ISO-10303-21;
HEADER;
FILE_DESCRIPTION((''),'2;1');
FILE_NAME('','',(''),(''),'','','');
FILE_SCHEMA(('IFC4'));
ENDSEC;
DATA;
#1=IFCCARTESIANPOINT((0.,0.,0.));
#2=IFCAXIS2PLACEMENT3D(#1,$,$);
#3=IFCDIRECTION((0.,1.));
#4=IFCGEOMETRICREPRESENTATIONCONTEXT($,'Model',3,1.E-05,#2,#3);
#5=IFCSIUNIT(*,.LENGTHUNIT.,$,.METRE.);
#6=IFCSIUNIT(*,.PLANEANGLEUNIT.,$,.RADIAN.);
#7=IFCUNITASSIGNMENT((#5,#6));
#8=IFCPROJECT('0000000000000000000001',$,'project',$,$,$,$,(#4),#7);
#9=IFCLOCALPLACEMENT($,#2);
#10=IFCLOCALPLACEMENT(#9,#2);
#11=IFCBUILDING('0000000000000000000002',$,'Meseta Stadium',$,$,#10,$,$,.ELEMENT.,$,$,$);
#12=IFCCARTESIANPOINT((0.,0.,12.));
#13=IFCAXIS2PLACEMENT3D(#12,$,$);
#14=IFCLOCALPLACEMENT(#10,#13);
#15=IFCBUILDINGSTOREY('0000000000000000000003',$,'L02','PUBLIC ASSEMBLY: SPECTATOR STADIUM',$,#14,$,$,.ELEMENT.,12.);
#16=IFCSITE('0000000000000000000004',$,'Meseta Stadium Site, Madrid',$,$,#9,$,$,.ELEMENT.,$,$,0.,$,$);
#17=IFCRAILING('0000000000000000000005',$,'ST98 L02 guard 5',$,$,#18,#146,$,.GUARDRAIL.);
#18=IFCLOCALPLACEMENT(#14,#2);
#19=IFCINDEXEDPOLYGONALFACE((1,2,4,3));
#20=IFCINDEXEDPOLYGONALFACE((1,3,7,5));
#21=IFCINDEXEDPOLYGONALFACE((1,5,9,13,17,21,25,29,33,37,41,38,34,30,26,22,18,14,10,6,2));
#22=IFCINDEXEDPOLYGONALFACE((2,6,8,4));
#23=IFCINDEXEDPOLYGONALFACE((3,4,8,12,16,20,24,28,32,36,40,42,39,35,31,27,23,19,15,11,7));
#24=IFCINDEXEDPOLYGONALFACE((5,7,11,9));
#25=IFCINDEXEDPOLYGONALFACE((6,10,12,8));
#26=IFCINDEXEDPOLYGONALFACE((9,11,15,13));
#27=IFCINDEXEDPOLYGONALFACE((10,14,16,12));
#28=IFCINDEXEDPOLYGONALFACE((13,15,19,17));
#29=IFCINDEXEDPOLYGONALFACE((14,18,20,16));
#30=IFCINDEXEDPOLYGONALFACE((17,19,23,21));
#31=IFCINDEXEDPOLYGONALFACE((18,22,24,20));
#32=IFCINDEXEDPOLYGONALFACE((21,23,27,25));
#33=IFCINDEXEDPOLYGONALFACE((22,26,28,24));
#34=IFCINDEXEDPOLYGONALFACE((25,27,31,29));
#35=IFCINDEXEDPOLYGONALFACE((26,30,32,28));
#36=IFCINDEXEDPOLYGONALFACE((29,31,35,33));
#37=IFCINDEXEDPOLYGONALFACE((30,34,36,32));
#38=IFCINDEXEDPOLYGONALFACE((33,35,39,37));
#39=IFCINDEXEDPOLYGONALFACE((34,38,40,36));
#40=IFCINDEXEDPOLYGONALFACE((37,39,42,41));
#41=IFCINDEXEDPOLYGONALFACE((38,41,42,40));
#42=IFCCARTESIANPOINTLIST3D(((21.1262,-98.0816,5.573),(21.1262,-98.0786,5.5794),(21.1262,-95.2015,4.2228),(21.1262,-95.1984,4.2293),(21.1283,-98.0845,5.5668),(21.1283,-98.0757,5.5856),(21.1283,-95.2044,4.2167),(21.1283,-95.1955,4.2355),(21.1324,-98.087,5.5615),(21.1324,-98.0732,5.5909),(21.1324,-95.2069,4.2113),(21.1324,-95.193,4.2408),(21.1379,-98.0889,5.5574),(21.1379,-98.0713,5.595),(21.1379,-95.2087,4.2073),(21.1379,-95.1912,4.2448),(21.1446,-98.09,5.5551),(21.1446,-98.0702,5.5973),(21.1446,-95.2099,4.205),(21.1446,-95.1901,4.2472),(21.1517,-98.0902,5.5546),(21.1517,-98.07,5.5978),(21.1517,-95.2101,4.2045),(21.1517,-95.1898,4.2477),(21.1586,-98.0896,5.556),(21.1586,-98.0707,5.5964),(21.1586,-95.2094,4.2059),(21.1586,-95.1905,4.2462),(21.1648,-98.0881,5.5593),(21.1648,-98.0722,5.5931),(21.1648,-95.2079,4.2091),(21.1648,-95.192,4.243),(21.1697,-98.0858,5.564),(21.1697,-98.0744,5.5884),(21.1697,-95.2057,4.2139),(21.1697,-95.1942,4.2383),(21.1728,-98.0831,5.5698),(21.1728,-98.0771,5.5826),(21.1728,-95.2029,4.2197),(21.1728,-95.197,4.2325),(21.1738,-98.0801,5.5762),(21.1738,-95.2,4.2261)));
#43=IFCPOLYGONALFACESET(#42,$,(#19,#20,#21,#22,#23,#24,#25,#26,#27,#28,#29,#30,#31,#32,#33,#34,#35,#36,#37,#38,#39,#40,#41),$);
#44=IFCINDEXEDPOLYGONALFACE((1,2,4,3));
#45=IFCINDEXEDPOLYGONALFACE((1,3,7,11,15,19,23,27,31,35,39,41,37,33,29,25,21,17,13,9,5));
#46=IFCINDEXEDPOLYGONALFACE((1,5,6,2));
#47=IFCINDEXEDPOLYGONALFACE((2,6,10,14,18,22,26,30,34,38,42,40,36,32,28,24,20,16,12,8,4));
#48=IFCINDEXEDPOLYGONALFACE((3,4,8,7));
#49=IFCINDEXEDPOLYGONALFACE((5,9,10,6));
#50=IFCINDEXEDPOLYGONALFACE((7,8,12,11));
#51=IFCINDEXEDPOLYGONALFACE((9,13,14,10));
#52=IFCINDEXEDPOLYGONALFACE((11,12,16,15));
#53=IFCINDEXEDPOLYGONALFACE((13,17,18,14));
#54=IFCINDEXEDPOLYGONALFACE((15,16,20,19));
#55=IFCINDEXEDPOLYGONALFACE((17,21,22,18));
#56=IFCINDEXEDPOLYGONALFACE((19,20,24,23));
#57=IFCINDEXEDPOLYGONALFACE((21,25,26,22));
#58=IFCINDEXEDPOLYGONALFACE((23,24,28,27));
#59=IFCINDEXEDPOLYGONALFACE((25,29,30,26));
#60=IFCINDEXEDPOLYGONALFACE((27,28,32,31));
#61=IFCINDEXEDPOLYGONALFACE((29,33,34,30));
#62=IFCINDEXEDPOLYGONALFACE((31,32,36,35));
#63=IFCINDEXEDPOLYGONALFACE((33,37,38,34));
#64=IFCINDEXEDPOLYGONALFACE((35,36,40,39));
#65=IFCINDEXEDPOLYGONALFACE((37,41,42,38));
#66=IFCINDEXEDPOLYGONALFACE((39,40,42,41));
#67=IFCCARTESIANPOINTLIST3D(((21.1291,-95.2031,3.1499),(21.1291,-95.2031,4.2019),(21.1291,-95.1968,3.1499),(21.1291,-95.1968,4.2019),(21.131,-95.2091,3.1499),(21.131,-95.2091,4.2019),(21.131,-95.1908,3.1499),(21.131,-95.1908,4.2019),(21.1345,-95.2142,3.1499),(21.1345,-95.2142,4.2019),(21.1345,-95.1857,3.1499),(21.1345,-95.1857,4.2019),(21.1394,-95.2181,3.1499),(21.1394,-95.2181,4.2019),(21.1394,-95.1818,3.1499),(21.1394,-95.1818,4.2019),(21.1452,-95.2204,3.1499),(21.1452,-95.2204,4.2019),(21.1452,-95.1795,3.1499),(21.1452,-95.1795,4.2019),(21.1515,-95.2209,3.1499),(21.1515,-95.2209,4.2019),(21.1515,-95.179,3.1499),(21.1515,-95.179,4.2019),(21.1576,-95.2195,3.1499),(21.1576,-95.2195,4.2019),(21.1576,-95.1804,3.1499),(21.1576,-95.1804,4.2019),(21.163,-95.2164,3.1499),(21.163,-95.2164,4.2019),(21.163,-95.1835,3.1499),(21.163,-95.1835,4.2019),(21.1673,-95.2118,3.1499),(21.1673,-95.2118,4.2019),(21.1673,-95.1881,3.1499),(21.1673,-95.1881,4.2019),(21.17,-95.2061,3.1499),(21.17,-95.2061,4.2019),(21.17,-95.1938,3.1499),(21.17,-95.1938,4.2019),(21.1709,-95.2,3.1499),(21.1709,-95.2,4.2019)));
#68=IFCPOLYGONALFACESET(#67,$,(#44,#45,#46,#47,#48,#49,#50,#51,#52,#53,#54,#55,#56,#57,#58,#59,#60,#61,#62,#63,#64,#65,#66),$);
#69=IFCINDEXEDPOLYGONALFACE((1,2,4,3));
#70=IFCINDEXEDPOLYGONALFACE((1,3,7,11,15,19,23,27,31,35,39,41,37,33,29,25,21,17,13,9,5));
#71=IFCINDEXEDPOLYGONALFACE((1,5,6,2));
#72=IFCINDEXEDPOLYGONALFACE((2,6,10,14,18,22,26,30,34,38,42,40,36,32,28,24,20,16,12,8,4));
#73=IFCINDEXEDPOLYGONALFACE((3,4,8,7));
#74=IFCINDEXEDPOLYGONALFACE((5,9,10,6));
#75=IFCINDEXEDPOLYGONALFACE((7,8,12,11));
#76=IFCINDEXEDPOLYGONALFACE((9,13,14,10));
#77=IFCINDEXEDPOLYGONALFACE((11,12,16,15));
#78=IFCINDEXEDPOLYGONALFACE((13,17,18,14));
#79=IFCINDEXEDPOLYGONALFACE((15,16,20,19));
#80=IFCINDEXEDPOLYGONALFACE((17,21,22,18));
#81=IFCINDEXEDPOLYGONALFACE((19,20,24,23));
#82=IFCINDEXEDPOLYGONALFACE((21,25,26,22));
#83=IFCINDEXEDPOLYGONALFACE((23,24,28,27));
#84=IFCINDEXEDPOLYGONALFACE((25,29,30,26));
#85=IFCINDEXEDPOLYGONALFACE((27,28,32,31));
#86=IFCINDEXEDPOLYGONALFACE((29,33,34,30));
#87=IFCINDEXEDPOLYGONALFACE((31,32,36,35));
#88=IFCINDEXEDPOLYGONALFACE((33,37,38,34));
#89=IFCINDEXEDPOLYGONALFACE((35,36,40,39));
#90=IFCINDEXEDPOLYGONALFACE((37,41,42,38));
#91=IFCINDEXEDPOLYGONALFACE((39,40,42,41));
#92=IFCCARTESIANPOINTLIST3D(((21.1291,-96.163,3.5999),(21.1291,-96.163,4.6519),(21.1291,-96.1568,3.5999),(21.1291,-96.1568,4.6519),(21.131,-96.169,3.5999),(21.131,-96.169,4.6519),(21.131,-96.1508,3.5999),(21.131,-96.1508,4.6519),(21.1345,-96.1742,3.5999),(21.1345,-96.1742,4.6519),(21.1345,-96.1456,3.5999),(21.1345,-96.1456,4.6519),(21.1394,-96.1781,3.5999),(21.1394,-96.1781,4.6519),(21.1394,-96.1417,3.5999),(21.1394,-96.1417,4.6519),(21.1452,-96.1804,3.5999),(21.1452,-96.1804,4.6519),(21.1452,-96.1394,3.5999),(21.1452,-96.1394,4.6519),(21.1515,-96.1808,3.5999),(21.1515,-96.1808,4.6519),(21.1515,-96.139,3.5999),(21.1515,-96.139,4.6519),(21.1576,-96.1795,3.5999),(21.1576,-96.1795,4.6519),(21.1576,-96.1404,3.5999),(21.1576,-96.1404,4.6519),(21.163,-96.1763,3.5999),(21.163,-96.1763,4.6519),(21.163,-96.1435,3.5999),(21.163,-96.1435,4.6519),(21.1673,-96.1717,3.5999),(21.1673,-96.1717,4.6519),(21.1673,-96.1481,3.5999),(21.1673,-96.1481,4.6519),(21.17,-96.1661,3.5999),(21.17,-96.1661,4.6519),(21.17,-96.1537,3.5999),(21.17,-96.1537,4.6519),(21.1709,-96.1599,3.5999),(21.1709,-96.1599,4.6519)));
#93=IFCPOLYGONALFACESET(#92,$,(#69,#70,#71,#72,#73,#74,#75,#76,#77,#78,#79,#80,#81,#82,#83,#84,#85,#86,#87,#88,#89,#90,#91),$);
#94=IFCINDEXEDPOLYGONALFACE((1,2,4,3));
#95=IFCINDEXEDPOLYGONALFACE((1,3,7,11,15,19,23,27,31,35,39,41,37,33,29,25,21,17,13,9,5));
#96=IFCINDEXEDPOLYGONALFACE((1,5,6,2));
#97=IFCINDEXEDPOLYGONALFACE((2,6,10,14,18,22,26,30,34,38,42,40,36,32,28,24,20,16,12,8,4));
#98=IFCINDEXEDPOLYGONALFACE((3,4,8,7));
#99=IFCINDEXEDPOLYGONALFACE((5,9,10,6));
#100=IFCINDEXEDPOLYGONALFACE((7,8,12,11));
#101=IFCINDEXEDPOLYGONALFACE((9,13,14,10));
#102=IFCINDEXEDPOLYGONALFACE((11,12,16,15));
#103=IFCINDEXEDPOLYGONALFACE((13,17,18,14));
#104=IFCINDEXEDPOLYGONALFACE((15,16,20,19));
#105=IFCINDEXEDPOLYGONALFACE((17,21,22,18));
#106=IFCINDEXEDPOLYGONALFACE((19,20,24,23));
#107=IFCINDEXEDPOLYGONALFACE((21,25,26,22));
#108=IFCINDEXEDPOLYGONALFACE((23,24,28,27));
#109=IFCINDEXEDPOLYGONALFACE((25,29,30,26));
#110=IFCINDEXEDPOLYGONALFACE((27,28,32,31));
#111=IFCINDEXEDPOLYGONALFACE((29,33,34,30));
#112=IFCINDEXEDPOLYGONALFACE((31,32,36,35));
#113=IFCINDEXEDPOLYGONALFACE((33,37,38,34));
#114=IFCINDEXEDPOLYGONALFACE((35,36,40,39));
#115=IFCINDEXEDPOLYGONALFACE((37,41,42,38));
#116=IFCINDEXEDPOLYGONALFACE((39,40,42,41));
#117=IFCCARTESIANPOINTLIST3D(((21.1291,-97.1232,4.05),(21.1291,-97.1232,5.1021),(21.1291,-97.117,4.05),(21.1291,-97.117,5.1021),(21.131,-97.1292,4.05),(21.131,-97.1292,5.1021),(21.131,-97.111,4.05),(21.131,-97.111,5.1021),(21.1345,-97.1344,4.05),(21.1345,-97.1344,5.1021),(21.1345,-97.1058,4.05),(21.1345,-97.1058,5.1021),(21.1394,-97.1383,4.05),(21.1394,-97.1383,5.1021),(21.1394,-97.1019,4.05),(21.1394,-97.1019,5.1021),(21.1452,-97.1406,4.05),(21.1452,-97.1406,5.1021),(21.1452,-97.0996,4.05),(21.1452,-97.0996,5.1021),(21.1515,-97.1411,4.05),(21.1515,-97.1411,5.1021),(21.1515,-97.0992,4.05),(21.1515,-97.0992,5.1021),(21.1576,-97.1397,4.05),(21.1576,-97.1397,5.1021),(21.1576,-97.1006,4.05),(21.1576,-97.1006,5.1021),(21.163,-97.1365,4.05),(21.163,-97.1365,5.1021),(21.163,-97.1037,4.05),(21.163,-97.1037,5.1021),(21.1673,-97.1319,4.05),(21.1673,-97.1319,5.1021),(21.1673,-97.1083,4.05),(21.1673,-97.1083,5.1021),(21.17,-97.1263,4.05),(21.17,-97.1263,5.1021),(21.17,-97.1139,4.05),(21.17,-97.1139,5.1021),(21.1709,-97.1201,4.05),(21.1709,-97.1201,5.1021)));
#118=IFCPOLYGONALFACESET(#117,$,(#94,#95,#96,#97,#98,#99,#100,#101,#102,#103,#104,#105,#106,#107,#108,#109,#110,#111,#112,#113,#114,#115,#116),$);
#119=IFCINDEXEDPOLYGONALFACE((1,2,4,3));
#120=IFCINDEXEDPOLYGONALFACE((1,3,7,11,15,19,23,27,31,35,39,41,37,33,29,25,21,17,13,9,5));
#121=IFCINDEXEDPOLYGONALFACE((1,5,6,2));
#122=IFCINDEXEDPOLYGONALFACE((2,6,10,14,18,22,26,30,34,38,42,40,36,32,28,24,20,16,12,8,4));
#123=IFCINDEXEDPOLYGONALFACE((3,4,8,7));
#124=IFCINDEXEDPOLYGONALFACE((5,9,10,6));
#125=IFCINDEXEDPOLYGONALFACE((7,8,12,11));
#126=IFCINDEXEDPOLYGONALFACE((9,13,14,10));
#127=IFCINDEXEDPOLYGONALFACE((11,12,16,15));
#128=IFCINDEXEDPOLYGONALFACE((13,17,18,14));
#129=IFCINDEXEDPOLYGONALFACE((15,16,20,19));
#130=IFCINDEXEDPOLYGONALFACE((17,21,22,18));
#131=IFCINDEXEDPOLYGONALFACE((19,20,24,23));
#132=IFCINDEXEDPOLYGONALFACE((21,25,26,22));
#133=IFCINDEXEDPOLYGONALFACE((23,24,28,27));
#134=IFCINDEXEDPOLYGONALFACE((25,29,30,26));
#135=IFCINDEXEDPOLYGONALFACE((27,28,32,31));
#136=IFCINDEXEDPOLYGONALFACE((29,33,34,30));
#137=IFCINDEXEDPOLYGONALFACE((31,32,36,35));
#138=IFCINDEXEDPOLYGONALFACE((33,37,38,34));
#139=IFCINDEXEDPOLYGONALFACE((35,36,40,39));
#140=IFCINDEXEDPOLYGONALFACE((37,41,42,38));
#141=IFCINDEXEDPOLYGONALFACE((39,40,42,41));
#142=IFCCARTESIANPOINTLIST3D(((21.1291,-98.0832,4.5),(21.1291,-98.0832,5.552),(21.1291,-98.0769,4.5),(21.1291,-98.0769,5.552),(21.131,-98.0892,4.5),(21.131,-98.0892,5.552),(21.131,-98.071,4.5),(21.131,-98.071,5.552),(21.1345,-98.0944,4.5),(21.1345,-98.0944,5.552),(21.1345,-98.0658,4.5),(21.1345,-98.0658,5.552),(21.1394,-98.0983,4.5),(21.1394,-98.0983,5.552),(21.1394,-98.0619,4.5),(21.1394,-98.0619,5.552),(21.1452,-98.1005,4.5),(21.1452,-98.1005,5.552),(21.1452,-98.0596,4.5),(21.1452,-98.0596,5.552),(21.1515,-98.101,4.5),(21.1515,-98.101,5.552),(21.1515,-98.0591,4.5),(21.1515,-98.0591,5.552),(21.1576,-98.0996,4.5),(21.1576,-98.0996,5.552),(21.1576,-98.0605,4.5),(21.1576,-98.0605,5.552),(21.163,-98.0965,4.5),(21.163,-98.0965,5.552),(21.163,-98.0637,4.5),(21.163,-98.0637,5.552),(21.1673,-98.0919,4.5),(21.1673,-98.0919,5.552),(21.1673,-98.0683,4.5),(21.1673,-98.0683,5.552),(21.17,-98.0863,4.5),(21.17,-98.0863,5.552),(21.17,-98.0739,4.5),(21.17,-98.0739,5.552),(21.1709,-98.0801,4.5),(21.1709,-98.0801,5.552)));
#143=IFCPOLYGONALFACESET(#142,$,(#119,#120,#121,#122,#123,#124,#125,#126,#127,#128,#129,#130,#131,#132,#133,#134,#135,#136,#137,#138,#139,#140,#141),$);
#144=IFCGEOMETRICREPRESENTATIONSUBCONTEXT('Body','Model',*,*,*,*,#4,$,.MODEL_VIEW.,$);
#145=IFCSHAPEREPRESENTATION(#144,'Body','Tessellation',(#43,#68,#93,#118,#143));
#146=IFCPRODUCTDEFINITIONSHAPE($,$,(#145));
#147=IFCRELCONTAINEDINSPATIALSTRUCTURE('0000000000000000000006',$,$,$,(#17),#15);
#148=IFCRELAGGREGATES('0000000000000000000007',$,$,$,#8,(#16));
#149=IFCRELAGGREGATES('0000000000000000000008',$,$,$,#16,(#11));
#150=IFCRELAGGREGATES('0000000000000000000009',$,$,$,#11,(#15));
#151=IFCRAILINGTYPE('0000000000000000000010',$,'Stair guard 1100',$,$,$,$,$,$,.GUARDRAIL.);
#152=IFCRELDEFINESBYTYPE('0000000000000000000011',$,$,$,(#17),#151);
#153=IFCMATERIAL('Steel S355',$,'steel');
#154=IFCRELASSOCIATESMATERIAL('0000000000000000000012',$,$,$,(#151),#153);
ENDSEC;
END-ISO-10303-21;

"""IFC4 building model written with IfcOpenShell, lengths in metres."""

from ifc_helpers import new_model, si_unit, direction, frame, origin, origin_2d, place, context, subcontext, project, spatial, circle, extrude, material, type_object, element, save


model = new_model("IFC4")

# Units and contexts
model_context = context("Model", 3, precision=1e-05, world=origin(), true_north=direction((0.0, 1.0)))
body_context = subcontext(model_context, "Body", "Model", "MODEL_VIEW")
ifc_project = project(units=[si_unit("LENGTHUNIT", "METRE"), si_unit("PLANEANGLEUNIT", "RADIAN")], contexts=[model_context])

# Site, building, storey
site_placement = place(None, origin())
site = spatial("IfcSite", under=ifc_project, at=site_placement, Name="Meseta Stadium Site, Madrid", CompositionType="ELEMENT", RefElevation=0.0)
building_placement = place(site_placement, origin())
building = spatial("IfcBuilding", under=site, at=building_placement, Name="Meseta Stadium", CompositionType="ELEMENT")
storey_placement = place(building_placement, frame((0.0, 0.0, 12.0)))
storey = spatial("IfcBuildingStorey", under=building, at=storey_placement, Name="L02", Description="PUBLIC ASSEMBLY: SPECTATOR STADIUM", CompositionType="ELEMENT", Elevation=12.0)

# Railing
ifc_material_1 = material(Name="Steel S355", Category="steel")
railing_type_1 = type_object("IfcRailingType", Name="Stair guard 1100", PredefinedType="GUARDRAIL", material=ifc_material_1)
railing_1_placement = place(storey_placement, frame((21.1499, -95.2, 3.1499)))
element("IfcRailing", 1, at=railing_1_placement, inside=storey, type_object=railing_type_1, Name="ST98 L02 guard 5", PredefinedType="GUARDRAIL", context=body_context, shape_type="SweptSolid", body=[
    extrude(circle(Radius=0.0239, at=origin_2d()), frame((0.0, 0.0, 1.0762), z_axis=(0.0, -0.905454, 0.424444), x_axis=(1.0, 0.0, 0.0)), (0.0, 0.0, 1.0), 3.1809),
    extrude(circle(Radius=0.021, at=origin_2d()), origin(), (0.0, 0.0, 1.0), 1.052),
    extrude(circle(Radius=0.021, at=origin_2d()), frame((0.0, -0.96, 0.45)), (0.0, 0.0, 1.0), 1.052),
    extrude(circle(Radius=0.021, at=origin_2d()), frame((0.0, -1.9202, 0.9001)), (0.0, 0.0, 1.0), 1.052),
    extrude(circle(Radius=0.021, at=origin_2d()), frame((0.0, -2.8801, 1.3501)), (0.0, 0.0, 1.0), 1.052),
])

save(model, "model.ifc")
